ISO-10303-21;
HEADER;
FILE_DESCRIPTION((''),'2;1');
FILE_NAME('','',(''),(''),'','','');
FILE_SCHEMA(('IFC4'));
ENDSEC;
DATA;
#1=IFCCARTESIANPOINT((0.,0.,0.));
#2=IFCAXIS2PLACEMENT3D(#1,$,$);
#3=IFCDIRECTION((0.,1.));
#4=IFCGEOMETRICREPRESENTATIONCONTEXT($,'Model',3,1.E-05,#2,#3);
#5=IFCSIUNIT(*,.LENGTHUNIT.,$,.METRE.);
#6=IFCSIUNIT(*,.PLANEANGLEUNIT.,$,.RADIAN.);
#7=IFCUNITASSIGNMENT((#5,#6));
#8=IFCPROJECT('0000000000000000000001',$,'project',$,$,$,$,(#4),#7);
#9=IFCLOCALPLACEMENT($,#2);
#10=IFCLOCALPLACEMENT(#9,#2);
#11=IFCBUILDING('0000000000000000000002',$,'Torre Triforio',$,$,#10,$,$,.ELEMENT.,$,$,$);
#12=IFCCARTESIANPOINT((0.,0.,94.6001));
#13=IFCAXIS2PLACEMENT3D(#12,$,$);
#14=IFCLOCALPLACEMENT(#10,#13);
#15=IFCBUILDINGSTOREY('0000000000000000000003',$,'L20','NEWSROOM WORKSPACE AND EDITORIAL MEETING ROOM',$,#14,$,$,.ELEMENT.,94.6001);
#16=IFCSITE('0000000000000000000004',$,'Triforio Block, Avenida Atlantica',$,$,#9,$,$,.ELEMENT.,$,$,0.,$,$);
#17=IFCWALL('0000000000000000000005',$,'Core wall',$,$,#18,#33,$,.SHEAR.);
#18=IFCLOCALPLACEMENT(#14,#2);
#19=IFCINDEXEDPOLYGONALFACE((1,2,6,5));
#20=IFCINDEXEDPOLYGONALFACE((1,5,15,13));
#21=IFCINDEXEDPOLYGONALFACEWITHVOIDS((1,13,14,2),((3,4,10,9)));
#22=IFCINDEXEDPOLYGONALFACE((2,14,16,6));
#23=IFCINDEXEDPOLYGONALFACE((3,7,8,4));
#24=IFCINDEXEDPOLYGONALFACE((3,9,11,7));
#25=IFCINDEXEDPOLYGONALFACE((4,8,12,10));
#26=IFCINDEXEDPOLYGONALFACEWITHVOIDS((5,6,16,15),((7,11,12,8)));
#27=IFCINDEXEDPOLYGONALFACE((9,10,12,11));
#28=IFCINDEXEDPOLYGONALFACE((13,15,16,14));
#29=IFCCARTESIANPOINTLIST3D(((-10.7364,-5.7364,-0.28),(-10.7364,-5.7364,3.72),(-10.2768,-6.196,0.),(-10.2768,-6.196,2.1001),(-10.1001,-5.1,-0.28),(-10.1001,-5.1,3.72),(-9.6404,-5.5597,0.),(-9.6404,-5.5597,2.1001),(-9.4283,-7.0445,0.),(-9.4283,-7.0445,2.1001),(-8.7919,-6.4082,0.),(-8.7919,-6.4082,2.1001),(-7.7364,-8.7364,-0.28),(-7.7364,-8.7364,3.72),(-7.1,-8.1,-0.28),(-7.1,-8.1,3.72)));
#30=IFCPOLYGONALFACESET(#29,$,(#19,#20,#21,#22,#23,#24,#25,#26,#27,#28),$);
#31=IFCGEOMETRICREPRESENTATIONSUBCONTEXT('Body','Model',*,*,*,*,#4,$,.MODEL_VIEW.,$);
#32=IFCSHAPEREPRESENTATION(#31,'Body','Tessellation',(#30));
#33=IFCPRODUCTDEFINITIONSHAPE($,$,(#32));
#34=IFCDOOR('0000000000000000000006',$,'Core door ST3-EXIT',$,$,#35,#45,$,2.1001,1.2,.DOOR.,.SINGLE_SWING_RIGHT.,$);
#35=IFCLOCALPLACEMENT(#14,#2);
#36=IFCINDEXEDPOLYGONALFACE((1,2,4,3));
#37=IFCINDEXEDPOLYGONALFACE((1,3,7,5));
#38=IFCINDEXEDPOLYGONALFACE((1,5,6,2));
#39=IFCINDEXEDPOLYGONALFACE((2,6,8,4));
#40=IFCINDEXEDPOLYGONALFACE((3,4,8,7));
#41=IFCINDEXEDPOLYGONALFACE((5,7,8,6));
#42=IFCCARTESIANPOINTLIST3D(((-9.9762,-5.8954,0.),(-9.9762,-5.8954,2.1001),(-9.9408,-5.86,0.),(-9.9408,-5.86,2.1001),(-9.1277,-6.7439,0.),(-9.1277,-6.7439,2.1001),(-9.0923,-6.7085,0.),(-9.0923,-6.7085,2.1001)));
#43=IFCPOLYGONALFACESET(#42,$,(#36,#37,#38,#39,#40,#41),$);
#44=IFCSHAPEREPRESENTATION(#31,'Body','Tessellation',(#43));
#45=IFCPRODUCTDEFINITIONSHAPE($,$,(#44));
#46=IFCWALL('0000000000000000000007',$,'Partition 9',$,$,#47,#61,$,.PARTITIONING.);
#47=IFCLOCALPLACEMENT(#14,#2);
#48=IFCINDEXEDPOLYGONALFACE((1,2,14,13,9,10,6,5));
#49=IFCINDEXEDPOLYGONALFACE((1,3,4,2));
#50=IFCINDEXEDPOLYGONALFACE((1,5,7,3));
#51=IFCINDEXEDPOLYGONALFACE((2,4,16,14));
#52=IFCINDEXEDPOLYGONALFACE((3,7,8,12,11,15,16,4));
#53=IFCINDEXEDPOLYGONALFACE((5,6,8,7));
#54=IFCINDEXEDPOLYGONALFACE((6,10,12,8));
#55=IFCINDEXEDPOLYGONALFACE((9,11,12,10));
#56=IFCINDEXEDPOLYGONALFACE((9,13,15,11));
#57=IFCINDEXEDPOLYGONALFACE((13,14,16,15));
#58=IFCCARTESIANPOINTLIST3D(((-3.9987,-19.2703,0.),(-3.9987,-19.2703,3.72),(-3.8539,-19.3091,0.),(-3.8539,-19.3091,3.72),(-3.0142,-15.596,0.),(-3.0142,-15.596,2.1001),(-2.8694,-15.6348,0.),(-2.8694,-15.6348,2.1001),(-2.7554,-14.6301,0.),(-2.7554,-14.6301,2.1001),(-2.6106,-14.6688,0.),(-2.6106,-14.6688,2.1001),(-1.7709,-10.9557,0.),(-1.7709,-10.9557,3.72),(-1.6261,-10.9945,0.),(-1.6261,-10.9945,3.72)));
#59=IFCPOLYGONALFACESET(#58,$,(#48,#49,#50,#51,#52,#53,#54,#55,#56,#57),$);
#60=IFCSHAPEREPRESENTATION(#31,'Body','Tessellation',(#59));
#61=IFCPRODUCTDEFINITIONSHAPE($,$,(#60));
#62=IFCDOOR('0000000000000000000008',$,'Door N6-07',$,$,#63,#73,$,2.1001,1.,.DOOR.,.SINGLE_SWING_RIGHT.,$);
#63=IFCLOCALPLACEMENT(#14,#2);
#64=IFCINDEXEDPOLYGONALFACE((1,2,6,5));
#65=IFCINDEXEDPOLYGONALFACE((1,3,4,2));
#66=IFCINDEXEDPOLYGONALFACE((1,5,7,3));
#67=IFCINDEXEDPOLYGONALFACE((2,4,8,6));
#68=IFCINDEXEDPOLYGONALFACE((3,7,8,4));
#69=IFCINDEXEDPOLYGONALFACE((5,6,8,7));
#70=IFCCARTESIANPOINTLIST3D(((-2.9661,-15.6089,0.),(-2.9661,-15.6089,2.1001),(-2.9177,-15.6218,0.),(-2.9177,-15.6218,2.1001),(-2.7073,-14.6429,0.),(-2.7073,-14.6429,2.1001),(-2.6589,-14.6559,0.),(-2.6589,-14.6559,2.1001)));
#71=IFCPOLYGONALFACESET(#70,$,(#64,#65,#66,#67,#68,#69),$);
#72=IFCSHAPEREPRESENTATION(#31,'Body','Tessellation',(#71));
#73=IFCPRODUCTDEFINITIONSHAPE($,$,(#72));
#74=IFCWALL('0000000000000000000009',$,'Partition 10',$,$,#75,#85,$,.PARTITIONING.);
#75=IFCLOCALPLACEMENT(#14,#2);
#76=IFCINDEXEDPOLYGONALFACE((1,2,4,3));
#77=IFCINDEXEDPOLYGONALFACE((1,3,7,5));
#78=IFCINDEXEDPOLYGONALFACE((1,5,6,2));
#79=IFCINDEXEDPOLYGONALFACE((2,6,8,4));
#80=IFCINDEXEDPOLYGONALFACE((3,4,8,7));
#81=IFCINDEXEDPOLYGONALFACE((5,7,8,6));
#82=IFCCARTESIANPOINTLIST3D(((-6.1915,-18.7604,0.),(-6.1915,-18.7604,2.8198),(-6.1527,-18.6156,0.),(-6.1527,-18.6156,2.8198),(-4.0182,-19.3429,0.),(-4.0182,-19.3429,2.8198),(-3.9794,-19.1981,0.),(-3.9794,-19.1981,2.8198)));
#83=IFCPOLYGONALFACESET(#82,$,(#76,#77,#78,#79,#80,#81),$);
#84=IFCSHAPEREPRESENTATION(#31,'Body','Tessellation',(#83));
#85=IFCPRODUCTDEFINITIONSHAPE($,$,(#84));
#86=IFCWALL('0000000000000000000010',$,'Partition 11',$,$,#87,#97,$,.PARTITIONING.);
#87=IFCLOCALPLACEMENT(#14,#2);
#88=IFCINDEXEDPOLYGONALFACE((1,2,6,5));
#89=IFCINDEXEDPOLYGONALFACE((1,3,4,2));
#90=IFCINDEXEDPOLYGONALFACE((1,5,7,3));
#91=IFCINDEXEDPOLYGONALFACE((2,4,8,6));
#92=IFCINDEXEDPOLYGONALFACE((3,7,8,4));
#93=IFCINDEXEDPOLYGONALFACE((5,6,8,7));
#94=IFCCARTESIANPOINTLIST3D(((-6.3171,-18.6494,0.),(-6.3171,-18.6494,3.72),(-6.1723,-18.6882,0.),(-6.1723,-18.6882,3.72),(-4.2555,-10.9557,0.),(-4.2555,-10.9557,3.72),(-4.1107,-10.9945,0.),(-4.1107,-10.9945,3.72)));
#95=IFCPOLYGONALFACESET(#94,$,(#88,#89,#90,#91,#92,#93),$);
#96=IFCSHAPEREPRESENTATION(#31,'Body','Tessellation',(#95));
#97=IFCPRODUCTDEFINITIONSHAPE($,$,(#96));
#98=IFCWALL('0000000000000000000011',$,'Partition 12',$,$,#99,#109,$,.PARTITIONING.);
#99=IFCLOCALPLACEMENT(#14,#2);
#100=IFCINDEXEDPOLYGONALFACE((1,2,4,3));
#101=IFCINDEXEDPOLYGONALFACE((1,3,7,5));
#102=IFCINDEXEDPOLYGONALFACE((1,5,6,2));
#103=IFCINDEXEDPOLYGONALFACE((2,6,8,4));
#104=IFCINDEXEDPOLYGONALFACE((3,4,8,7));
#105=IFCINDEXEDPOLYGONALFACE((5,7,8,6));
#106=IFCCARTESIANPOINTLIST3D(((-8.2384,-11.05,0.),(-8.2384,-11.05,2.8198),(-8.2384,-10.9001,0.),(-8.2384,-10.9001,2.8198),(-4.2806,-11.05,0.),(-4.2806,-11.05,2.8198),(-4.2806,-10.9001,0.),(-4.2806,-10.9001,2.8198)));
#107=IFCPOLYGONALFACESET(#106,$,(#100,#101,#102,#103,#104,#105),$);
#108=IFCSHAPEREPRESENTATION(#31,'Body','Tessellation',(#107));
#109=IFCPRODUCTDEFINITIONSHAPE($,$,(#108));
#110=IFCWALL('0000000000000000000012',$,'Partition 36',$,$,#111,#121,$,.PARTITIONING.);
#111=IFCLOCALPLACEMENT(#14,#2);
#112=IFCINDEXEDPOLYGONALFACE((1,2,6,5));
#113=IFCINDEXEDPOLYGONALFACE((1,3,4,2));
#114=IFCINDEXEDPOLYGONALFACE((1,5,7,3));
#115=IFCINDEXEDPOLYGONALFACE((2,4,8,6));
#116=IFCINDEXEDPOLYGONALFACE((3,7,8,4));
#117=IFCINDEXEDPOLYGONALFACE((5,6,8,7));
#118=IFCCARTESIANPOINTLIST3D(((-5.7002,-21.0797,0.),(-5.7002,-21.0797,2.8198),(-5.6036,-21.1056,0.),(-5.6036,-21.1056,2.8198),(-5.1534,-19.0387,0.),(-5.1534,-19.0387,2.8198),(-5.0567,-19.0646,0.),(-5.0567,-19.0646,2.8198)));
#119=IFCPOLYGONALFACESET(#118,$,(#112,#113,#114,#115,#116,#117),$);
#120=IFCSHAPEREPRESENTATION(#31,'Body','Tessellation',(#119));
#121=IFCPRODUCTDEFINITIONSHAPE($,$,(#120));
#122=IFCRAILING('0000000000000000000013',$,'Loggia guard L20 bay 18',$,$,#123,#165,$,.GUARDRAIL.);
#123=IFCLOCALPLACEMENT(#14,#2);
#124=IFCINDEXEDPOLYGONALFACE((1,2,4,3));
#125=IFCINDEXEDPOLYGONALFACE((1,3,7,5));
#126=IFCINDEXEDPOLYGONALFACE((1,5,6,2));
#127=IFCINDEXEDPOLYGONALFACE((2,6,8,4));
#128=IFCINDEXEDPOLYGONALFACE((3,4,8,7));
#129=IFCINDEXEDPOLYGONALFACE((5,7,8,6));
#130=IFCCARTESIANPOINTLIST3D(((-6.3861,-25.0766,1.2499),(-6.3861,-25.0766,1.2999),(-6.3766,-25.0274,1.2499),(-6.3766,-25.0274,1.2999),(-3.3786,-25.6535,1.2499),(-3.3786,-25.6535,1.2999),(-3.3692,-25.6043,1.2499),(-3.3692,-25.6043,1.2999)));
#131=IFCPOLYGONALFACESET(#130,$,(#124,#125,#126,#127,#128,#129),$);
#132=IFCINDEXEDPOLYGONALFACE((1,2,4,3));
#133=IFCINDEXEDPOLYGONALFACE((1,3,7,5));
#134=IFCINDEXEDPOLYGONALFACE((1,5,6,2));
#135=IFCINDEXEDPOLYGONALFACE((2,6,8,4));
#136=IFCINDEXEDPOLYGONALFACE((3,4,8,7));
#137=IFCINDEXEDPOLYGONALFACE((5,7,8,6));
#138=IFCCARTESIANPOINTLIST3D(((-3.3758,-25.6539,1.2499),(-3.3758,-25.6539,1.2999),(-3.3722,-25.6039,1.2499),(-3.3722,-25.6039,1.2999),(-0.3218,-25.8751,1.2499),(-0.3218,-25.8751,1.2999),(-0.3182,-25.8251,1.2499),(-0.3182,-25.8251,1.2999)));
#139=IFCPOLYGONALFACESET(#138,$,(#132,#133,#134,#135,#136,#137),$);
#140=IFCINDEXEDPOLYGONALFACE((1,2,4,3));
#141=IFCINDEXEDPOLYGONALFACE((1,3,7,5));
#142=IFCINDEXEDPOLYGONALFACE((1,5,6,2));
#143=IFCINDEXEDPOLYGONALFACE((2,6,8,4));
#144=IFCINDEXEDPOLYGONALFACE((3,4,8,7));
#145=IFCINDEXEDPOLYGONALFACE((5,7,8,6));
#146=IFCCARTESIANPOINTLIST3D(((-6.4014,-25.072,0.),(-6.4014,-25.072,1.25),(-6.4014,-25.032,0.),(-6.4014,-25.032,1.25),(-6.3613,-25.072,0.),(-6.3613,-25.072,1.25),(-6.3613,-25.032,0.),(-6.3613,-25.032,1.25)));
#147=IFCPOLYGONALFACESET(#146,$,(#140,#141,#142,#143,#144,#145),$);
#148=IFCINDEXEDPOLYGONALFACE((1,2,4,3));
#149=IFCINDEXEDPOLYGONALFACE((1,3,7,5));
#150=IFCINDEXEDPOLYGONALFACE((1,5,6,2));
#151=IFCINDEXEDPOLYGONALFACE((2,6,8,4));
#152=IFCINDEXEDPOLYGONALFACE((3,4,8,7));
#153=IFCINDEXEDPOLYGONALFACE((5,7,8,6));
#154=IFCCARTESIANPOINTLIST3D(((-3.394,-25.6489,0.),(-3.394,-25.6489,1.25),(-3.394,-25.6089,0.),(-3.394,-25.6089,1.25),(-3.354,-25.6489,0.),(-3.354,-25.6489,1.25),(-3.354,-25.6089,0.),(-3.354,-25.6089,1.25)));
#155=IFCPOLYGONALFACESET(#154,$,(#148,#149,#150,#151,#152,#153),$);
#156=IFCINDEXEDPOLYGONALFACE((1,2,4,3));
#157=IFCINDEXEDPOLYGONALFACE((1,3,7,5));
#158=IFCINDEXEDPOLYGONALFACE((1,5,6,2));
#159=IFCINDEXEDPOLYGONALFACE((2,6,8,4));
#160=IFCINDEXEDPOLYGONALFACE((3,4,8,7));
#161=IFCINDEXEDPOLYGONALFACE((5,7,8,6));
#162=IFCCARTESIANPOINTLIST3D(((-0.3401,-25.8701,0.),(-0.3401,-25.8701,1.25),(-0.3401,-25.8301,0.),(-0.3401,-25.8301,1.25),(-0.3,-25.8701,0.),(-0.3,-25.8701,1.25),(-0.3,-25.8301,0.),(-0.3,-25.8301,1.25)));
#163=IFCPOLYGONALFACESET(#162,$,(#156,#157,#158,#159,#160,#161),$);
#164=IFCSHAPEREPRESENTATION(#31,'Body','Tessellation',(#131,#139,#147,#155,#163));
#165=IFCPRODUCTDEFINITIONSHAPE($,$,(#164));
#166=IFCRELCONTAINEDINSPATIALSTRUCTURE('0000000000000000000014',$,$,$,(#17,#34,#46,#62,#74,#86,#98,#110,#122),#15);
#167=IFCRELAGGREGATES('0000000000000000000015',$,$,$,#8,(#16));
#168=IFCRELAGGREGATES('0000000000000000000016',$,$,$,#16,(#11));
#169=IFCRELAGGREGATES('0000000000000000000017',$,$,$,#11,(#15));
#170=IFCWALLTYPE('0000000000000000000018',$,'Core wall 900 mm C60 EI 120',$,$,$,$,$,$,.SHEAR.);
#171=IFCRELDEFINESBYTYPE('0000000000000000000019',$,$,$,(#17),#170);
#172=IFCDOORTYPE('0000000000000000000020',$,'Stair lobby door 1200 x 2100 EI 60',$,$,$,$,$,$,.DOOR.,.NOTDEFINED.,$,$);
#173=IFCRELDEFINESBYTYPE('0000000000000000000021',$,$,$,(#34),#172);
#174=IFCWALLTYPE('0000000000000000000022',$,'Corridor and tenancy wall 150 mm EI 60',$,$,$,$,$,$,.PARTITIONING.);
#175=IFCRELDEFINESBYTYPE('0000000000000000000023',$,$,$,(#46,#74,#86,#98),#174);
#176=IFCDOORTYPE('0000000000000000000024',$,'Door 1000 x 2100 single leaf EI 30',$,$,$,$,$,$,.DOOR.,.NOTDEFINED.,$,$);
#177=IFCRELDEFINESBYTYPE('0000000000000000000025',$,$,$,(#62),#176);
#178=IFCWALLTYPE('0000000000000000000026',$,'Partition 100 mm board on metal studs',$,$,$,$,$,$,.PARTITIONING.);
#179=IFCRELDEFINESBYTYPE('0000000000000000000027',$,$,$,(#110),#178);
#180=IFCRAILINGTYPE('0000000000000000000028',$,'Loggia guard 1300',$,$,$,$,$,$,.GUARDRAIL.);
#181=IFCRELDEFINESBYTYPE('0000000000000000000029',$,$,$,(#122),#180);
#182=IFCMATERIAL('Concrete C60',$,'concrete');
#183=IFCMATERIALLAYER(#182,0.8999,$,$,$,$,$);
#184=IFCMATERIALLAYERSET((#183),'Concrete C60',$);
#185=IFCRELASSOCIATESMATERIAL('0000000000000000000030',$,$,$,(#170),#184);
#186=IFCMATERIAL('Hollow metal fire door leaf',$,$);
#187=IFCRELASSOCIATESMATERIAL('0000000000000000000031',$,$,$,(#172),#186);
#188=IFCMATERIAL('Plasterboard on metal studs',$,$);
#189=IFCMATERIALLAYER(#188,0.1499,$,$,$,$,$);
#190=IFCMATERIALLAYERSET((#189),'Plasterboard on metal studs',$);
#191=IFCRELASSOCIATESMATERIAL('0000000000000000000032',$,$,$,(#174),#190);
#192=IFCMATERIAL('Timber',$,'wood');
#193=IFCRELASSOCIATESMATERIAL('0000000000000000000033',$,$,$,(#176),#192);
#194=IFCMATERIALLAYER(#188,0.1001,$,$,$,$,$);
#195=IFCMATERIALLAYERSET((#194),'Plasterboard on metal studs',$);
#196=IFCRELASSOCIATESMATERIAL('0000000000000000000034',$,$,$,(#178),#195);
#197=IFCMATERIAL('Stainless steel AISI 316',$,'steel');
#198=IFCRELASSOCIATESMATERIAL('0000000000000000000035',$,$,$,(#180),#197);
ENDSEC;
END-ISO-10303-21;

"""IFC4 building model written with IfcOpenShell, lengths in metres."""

from ifc_helpers import new_model, si_unit, direction, frame, frame_2d, origin, origin_2d, place, context, subcontext, project, spatial, rectangle, extrude, material, layer, layer_set, type_object, element, fill, save


model = new_model("IFC4")

# Units and contexts
model_context = context("Model", 3, precision=1e-05, world=origin(), true_north=direction((0.0, 1.0)))
body_context = subcontext(model_context, "Body", "Model", "MODEL_VIEW")
ifc_project = project(units=[si_unit("LENGTHUNIT", "METRE"), si_unit("PLANEANGLEUNIT", "RADIAN")], contexts=[model_context])

# Site, building, storey
site_placement = place(None, origin())
site = spatial("IfcSite", under=ifc_project, at=site_placement, Name="Triforio Block, Avenida Atlantica", CompositionType="ELEMENT", RefElevation=0.0)
building_placement = place(site_placement, origin())
building = spatial("IfcBuilding", under=site, at=building_placement, Name="Torre Triforio", CompositionType="ELEMENT")
storey_placement = place(building_placement, frame((0.0, 0.0, 94.6001)))
storey = spatial("IfcBuildingStorey", under=building, at=storey_placement, Name="L20", Description="NEWSROOM WORKSPACE AND EDITORIAL MEETING ROOM", CompositionType="ELEMENT", Elevation=94.6001)

# Shared definitions
ifc_material_1 = material(Name="Concrete C60", Category="concrete")

# Shared definitions
ifc_layer_1 = layer(ifc_material_1, 0.8999)
ifc_layer_set_1 = layer_set([ifc_layer_1], Name="Concrete C60")
wall_type_1 = type_object("IfcWallType", Name="Core wall 900 mm C60 EI 120", PredefinedType="SHEAR", material=ifc_layer_set_1)
ifc_material_2 = material(Name="Hollow metal fire door leaf")

# Walls, openings, doors
wall_1_placement = place(storey_placement, frame((-7.4182, -8.4182, -0.28), z_axis=(0.0, 0.0, 1.0), x_axis=(-0.707107, 0.707107, 0.0)))
wall_1 = element("IfcWall", 1, at=wall_1_placement, inside=storey, type_object=wall_type_1, Name="Core wall", PredefinedType="SHEAR", context=body_context, shape_type="SweptSolid", body=[
    extrude(rectangle(XDim=4.2427, YDim=0.8999, at=frame_2d((2.1213, 0.0))), origin(), (0.0, 0.0, 1.0), 4.0),
])
opening_1_placement = place(wall_1_placement, frame((2.3926, 0.0, 0.28)))
opening_1 = element("IfcOpeningElement", 2, at=opening_1_placement, cuts=wall_1, PredefinedType="OPENING", context=body_context, shape_type="SweptSolid", body=[
    extrude(rectangle(XDim=1.2, YDim=2.1001, at=frame_2d((0.6001, 1.05))), frame((0.0, 0.46, 0.0), z_axis=(0.0, -1.0, 0.0), x_axis=(1.0, 0.0, 0.0)), (0.0, 0.0, 1.0), 0.9199),
])
door_type_1 = type_object("IfcDoorType", Name="Stair lobby door 1200 x 2100 EI 60", OperationType="NOTDEFINED", PredefinedType="DOOR", material=ifc_material_2)
door_1_placement = place(opening_1_placement, origin())
door_1 = element("IfcDoor", 3, at=door_1_placement, inside=storey, type_object=door_type_1, Name="Core door ST3-EXIT", OperationType="SINGLE_SWING_RIGHT", OverallHeight=2.1001, OverallWidth=1.2, PredefinedType="DOOR", context=body_context, shape_type="SweptSolid", body=[
    extrude(rectangle(XDim=1.2, YDim=2.1001, at=frame_2d((0.6001, 1.05))), frame((0.0, 0.0249, 0.0), z_axis=(0.0, -1.0, 0.0), x_axis=(1.0, 0.0, 0.0)), (0.0, 0.0, 1.0), 0.05),
])
fill(opening_1, door_1)
ifc_material_3 = material(Name="Plasterboard on metal studs")
ifc_layer_2 = layer(ifc_material_3, 0.1499)
ifc_layer_set_2 = layer_set([ifc_layer_2], Name="Plasterboard on metal studs")
wall_type_2 = type_object("IfcWallType", Name="Corridor and tenancy wall 150 mm EI 60", PredefinedType="PARTITIONING", material=ifc_layer_set_2)
wall_2_placement = place(storey_placement, frame((-1.6985, -10.9751, 0.0), z_axis=(0.0, 0.0, 1.0), x_axis=(-0.258805, -0.96593, 0.0)))
wall_2 = element("IfcWall", 4, at=wall_2_placement, inside=storey, type_object=wall_type_2, Name="Partition 9", PredefinedType="PARTITIONING", context=body_context, shape_type="SweptSolid", body=[
    extrude(rectangle(XDim=8.6079, YDim=0.1499, at=frame_2d((4.304, 0.0))), origin(), (0.0, 0.0, 1.0), 3.72),
])
opening_2_placement = place(wall_2_placement, frame((3.804, 0.0, 0.0)))
opening_2 = element("IfcOpeningElement", 5, at=opening_2_placement, cuts=wall_2, PredefinedType="OPENING", context=body_context, shape_type="SweptSolid", body=[
    extrude(rectangle(XDim=1.0, YDim=2.1001, at=frame_2d((0.5, 1.05))), frame((0.0, 0.085, 0.0), z_axis=(0.0, -1.0, 0.0), x_axis=(1.0, 0.0, 0.0)), (0.0, 0.0, 1.0), 0.1699),
])
ifc_material_4 = material(Name="Timber", Category="wood")
door_type_2 = type_object("IfcDoorType", Name="Door 1000 x 2100 single leaf EI 30", OperationType="NOTDEFINED", PredefinedType="DOOR", material=ifc_material_4)
door_2_placement = place(opening_2_placement, origin())
door_2 = element("IfcDoor", 6, at=door_2_placement, inside=storey, type_object=door_type_2, Name="Door N6-07", OperationType="SINGLE_SWING_RIGHT", OverallHeight=2.1001, OverallWidth=1.0, PredefinedType="DOOR", context=body_context, shape_type="SweptSolid", body=[
    extrude(rectangle(XDim=1.0, YDim=2.1001, at=frame_2d((0.5, 1.05))), frame((0.0, 0.0249, 0.0), z_axis=(0.0, -1.0, 0.0), x_axis=(1.0, 0.0, 0.0)), (0.0, 0.0, 1.0), 0.05),
])
fill(opening_2, door_2)

# Walls
wall_3_placement = place(storey_placement, frame((-3.9988, -19.2705, 0.0), z_axis=(0.0, 0.0, 1.0), x_axis=(-0.965906, 0.258892, 0.0)))
element("IfcWall", 7, at=wall_3_placement, inside=storey, type_object=wall_type_2, Name="Partition 10", PredefinedType="PARTITIONING", context=body_context, shape_type="SweptSolid", body=[
    extrude(rectangle(XDim=2.25, YDim=0.1499, at=frame_2d((1.125, 0.0))), origin(), (0.0, 0.0, 1.0), 2.8198),
])
wall_4_placement = place(storey_placement, frame((-6.2446, -18.6687, 0.0), z_axis=(0.0, 0.0, 1.0), x_axis=(0.258822, 0.965925, 0.0)))
element("IfcWall", 8, at=wall_4_placement, inside=storey, type_object=wall_type_2, Name="Partition 11", PredefinedType="PARTITIONING", context=body_context, shape_type="SweptSolid", body=[
    extrude(rectangle(XDim=7.9651, YDim=0.1499, at=frame_2d((3.9824, 0.0))), origin(), (0.0, 0.0, 1.0), 3.72),
])
wall_5_placement = place(storey_placement, frame((-4.2805, -10.9751, 0.0), z_axis=(0.0, 0.0, 1.0), x_axis=(-1.0, 0.0, 0.0)))
element("IfcWall", 9, at=wall_5_placement, inside=storey, type_object=wall_type_2, Name="Partition 12", PredefinedType="PARTITIONING", context=body_context, shape_type="SweptSolid", body=[
    extrude(rectangle(XDim=3.9578, YDim=0.1499, at=frame_2d((1.979, 0.0))), origin(), (0.0, 0.0, 1.0), 2.8198),
])
ifc_layer_3 = layer(ifc_material_3, 0.1001)
ifc_layer_set_3 = layer_set([ifc_layer_3], Name="Plasterboard on metal studs")
wall_type_3 = type_object("IfcWallType", Name="Partition 100 mm board on metal studs", PredefinedType="PARTITIONING", material=ifc_layer_set_3)
wall_6_placement = place(storey_placement, frame((-5.105, -19.0515, 0.0), z_axis=(0.0, 0.0, 1.0), x_axis=(-0.258813, -0.965927, 0.0)))
element("IfcWall", 10, at=wall_6_placement, inside=storey, type_object=wall_type_3, Name="Partition 36", PredefinedType="PARTITIONING", context=body_context, shape_type="SweptSolid", body=[
    extrude(rectangle(XDim=2.113, YDim=0.1001, at=frame_2d((1.0566, 0.0))), origin(), (0.0, 0.0, 1.0), 2.8198),
])

# Railing
ifc_material_5 = material(Name="Stainless steel AISI 316", Category="steel")
railing_type = type_object("IfcRailingType", Name="Loggia guard 1300", PredefinedType="GUARDRAIL", material=ifc_material_5)
railing_placement = place(storey_placement, frame((-6.3813, -25.052, 0.0)))
element("IfcRailing", 11, at=railing_placement, inside=storey, type_object=railing_type, Name="Loggia guard L20 bay 18", PredefinedType="GUARDRAIL", context=body_context, shape_type="SweptSolid", body=[
    extrude(rectangle(XDim=0.05, YDim=0.05, at=origin_2d()), frame((0.0, 0.0, 1.2749), z_axis=(0.982093, -0.188398, 0.0), x_axis=(0.188398, 0.982093, 0.0)), (0.0, 0.0, 1.0), 3.0623),
    extrude(rectangle(XDim=0.05, YDim=0.05, at=origin_2d()), frame((3.0073, -0.5769, 1.2749), z_axis=(0.997387, -0.072239, 0.0), x_axis=(0.072239, 0.997387, 0.0)), (0.0, 0.0, 1.0), 3.062),
    extrude(rectangle(XDim=0.04, YDim=0.04, at=origin_2d()), origin(), (0.0, 0.0, 1.0), 1.25),
    extrude(rectangle(XDim=0.04, YDim=0.04, at=origin_2d()), frame((3.0073, -0.5769, 0.0)), (0.0, 0.0, 1.0), 1.25),
    extrude(rectangle(XDim=0.04, YDim=0.04, at=origin_2d()), frame((6.0613, -0.7981, 0.0)), (0.0, 0.0, 1.0), 1.25),
])

save(model, "model.ifc")
